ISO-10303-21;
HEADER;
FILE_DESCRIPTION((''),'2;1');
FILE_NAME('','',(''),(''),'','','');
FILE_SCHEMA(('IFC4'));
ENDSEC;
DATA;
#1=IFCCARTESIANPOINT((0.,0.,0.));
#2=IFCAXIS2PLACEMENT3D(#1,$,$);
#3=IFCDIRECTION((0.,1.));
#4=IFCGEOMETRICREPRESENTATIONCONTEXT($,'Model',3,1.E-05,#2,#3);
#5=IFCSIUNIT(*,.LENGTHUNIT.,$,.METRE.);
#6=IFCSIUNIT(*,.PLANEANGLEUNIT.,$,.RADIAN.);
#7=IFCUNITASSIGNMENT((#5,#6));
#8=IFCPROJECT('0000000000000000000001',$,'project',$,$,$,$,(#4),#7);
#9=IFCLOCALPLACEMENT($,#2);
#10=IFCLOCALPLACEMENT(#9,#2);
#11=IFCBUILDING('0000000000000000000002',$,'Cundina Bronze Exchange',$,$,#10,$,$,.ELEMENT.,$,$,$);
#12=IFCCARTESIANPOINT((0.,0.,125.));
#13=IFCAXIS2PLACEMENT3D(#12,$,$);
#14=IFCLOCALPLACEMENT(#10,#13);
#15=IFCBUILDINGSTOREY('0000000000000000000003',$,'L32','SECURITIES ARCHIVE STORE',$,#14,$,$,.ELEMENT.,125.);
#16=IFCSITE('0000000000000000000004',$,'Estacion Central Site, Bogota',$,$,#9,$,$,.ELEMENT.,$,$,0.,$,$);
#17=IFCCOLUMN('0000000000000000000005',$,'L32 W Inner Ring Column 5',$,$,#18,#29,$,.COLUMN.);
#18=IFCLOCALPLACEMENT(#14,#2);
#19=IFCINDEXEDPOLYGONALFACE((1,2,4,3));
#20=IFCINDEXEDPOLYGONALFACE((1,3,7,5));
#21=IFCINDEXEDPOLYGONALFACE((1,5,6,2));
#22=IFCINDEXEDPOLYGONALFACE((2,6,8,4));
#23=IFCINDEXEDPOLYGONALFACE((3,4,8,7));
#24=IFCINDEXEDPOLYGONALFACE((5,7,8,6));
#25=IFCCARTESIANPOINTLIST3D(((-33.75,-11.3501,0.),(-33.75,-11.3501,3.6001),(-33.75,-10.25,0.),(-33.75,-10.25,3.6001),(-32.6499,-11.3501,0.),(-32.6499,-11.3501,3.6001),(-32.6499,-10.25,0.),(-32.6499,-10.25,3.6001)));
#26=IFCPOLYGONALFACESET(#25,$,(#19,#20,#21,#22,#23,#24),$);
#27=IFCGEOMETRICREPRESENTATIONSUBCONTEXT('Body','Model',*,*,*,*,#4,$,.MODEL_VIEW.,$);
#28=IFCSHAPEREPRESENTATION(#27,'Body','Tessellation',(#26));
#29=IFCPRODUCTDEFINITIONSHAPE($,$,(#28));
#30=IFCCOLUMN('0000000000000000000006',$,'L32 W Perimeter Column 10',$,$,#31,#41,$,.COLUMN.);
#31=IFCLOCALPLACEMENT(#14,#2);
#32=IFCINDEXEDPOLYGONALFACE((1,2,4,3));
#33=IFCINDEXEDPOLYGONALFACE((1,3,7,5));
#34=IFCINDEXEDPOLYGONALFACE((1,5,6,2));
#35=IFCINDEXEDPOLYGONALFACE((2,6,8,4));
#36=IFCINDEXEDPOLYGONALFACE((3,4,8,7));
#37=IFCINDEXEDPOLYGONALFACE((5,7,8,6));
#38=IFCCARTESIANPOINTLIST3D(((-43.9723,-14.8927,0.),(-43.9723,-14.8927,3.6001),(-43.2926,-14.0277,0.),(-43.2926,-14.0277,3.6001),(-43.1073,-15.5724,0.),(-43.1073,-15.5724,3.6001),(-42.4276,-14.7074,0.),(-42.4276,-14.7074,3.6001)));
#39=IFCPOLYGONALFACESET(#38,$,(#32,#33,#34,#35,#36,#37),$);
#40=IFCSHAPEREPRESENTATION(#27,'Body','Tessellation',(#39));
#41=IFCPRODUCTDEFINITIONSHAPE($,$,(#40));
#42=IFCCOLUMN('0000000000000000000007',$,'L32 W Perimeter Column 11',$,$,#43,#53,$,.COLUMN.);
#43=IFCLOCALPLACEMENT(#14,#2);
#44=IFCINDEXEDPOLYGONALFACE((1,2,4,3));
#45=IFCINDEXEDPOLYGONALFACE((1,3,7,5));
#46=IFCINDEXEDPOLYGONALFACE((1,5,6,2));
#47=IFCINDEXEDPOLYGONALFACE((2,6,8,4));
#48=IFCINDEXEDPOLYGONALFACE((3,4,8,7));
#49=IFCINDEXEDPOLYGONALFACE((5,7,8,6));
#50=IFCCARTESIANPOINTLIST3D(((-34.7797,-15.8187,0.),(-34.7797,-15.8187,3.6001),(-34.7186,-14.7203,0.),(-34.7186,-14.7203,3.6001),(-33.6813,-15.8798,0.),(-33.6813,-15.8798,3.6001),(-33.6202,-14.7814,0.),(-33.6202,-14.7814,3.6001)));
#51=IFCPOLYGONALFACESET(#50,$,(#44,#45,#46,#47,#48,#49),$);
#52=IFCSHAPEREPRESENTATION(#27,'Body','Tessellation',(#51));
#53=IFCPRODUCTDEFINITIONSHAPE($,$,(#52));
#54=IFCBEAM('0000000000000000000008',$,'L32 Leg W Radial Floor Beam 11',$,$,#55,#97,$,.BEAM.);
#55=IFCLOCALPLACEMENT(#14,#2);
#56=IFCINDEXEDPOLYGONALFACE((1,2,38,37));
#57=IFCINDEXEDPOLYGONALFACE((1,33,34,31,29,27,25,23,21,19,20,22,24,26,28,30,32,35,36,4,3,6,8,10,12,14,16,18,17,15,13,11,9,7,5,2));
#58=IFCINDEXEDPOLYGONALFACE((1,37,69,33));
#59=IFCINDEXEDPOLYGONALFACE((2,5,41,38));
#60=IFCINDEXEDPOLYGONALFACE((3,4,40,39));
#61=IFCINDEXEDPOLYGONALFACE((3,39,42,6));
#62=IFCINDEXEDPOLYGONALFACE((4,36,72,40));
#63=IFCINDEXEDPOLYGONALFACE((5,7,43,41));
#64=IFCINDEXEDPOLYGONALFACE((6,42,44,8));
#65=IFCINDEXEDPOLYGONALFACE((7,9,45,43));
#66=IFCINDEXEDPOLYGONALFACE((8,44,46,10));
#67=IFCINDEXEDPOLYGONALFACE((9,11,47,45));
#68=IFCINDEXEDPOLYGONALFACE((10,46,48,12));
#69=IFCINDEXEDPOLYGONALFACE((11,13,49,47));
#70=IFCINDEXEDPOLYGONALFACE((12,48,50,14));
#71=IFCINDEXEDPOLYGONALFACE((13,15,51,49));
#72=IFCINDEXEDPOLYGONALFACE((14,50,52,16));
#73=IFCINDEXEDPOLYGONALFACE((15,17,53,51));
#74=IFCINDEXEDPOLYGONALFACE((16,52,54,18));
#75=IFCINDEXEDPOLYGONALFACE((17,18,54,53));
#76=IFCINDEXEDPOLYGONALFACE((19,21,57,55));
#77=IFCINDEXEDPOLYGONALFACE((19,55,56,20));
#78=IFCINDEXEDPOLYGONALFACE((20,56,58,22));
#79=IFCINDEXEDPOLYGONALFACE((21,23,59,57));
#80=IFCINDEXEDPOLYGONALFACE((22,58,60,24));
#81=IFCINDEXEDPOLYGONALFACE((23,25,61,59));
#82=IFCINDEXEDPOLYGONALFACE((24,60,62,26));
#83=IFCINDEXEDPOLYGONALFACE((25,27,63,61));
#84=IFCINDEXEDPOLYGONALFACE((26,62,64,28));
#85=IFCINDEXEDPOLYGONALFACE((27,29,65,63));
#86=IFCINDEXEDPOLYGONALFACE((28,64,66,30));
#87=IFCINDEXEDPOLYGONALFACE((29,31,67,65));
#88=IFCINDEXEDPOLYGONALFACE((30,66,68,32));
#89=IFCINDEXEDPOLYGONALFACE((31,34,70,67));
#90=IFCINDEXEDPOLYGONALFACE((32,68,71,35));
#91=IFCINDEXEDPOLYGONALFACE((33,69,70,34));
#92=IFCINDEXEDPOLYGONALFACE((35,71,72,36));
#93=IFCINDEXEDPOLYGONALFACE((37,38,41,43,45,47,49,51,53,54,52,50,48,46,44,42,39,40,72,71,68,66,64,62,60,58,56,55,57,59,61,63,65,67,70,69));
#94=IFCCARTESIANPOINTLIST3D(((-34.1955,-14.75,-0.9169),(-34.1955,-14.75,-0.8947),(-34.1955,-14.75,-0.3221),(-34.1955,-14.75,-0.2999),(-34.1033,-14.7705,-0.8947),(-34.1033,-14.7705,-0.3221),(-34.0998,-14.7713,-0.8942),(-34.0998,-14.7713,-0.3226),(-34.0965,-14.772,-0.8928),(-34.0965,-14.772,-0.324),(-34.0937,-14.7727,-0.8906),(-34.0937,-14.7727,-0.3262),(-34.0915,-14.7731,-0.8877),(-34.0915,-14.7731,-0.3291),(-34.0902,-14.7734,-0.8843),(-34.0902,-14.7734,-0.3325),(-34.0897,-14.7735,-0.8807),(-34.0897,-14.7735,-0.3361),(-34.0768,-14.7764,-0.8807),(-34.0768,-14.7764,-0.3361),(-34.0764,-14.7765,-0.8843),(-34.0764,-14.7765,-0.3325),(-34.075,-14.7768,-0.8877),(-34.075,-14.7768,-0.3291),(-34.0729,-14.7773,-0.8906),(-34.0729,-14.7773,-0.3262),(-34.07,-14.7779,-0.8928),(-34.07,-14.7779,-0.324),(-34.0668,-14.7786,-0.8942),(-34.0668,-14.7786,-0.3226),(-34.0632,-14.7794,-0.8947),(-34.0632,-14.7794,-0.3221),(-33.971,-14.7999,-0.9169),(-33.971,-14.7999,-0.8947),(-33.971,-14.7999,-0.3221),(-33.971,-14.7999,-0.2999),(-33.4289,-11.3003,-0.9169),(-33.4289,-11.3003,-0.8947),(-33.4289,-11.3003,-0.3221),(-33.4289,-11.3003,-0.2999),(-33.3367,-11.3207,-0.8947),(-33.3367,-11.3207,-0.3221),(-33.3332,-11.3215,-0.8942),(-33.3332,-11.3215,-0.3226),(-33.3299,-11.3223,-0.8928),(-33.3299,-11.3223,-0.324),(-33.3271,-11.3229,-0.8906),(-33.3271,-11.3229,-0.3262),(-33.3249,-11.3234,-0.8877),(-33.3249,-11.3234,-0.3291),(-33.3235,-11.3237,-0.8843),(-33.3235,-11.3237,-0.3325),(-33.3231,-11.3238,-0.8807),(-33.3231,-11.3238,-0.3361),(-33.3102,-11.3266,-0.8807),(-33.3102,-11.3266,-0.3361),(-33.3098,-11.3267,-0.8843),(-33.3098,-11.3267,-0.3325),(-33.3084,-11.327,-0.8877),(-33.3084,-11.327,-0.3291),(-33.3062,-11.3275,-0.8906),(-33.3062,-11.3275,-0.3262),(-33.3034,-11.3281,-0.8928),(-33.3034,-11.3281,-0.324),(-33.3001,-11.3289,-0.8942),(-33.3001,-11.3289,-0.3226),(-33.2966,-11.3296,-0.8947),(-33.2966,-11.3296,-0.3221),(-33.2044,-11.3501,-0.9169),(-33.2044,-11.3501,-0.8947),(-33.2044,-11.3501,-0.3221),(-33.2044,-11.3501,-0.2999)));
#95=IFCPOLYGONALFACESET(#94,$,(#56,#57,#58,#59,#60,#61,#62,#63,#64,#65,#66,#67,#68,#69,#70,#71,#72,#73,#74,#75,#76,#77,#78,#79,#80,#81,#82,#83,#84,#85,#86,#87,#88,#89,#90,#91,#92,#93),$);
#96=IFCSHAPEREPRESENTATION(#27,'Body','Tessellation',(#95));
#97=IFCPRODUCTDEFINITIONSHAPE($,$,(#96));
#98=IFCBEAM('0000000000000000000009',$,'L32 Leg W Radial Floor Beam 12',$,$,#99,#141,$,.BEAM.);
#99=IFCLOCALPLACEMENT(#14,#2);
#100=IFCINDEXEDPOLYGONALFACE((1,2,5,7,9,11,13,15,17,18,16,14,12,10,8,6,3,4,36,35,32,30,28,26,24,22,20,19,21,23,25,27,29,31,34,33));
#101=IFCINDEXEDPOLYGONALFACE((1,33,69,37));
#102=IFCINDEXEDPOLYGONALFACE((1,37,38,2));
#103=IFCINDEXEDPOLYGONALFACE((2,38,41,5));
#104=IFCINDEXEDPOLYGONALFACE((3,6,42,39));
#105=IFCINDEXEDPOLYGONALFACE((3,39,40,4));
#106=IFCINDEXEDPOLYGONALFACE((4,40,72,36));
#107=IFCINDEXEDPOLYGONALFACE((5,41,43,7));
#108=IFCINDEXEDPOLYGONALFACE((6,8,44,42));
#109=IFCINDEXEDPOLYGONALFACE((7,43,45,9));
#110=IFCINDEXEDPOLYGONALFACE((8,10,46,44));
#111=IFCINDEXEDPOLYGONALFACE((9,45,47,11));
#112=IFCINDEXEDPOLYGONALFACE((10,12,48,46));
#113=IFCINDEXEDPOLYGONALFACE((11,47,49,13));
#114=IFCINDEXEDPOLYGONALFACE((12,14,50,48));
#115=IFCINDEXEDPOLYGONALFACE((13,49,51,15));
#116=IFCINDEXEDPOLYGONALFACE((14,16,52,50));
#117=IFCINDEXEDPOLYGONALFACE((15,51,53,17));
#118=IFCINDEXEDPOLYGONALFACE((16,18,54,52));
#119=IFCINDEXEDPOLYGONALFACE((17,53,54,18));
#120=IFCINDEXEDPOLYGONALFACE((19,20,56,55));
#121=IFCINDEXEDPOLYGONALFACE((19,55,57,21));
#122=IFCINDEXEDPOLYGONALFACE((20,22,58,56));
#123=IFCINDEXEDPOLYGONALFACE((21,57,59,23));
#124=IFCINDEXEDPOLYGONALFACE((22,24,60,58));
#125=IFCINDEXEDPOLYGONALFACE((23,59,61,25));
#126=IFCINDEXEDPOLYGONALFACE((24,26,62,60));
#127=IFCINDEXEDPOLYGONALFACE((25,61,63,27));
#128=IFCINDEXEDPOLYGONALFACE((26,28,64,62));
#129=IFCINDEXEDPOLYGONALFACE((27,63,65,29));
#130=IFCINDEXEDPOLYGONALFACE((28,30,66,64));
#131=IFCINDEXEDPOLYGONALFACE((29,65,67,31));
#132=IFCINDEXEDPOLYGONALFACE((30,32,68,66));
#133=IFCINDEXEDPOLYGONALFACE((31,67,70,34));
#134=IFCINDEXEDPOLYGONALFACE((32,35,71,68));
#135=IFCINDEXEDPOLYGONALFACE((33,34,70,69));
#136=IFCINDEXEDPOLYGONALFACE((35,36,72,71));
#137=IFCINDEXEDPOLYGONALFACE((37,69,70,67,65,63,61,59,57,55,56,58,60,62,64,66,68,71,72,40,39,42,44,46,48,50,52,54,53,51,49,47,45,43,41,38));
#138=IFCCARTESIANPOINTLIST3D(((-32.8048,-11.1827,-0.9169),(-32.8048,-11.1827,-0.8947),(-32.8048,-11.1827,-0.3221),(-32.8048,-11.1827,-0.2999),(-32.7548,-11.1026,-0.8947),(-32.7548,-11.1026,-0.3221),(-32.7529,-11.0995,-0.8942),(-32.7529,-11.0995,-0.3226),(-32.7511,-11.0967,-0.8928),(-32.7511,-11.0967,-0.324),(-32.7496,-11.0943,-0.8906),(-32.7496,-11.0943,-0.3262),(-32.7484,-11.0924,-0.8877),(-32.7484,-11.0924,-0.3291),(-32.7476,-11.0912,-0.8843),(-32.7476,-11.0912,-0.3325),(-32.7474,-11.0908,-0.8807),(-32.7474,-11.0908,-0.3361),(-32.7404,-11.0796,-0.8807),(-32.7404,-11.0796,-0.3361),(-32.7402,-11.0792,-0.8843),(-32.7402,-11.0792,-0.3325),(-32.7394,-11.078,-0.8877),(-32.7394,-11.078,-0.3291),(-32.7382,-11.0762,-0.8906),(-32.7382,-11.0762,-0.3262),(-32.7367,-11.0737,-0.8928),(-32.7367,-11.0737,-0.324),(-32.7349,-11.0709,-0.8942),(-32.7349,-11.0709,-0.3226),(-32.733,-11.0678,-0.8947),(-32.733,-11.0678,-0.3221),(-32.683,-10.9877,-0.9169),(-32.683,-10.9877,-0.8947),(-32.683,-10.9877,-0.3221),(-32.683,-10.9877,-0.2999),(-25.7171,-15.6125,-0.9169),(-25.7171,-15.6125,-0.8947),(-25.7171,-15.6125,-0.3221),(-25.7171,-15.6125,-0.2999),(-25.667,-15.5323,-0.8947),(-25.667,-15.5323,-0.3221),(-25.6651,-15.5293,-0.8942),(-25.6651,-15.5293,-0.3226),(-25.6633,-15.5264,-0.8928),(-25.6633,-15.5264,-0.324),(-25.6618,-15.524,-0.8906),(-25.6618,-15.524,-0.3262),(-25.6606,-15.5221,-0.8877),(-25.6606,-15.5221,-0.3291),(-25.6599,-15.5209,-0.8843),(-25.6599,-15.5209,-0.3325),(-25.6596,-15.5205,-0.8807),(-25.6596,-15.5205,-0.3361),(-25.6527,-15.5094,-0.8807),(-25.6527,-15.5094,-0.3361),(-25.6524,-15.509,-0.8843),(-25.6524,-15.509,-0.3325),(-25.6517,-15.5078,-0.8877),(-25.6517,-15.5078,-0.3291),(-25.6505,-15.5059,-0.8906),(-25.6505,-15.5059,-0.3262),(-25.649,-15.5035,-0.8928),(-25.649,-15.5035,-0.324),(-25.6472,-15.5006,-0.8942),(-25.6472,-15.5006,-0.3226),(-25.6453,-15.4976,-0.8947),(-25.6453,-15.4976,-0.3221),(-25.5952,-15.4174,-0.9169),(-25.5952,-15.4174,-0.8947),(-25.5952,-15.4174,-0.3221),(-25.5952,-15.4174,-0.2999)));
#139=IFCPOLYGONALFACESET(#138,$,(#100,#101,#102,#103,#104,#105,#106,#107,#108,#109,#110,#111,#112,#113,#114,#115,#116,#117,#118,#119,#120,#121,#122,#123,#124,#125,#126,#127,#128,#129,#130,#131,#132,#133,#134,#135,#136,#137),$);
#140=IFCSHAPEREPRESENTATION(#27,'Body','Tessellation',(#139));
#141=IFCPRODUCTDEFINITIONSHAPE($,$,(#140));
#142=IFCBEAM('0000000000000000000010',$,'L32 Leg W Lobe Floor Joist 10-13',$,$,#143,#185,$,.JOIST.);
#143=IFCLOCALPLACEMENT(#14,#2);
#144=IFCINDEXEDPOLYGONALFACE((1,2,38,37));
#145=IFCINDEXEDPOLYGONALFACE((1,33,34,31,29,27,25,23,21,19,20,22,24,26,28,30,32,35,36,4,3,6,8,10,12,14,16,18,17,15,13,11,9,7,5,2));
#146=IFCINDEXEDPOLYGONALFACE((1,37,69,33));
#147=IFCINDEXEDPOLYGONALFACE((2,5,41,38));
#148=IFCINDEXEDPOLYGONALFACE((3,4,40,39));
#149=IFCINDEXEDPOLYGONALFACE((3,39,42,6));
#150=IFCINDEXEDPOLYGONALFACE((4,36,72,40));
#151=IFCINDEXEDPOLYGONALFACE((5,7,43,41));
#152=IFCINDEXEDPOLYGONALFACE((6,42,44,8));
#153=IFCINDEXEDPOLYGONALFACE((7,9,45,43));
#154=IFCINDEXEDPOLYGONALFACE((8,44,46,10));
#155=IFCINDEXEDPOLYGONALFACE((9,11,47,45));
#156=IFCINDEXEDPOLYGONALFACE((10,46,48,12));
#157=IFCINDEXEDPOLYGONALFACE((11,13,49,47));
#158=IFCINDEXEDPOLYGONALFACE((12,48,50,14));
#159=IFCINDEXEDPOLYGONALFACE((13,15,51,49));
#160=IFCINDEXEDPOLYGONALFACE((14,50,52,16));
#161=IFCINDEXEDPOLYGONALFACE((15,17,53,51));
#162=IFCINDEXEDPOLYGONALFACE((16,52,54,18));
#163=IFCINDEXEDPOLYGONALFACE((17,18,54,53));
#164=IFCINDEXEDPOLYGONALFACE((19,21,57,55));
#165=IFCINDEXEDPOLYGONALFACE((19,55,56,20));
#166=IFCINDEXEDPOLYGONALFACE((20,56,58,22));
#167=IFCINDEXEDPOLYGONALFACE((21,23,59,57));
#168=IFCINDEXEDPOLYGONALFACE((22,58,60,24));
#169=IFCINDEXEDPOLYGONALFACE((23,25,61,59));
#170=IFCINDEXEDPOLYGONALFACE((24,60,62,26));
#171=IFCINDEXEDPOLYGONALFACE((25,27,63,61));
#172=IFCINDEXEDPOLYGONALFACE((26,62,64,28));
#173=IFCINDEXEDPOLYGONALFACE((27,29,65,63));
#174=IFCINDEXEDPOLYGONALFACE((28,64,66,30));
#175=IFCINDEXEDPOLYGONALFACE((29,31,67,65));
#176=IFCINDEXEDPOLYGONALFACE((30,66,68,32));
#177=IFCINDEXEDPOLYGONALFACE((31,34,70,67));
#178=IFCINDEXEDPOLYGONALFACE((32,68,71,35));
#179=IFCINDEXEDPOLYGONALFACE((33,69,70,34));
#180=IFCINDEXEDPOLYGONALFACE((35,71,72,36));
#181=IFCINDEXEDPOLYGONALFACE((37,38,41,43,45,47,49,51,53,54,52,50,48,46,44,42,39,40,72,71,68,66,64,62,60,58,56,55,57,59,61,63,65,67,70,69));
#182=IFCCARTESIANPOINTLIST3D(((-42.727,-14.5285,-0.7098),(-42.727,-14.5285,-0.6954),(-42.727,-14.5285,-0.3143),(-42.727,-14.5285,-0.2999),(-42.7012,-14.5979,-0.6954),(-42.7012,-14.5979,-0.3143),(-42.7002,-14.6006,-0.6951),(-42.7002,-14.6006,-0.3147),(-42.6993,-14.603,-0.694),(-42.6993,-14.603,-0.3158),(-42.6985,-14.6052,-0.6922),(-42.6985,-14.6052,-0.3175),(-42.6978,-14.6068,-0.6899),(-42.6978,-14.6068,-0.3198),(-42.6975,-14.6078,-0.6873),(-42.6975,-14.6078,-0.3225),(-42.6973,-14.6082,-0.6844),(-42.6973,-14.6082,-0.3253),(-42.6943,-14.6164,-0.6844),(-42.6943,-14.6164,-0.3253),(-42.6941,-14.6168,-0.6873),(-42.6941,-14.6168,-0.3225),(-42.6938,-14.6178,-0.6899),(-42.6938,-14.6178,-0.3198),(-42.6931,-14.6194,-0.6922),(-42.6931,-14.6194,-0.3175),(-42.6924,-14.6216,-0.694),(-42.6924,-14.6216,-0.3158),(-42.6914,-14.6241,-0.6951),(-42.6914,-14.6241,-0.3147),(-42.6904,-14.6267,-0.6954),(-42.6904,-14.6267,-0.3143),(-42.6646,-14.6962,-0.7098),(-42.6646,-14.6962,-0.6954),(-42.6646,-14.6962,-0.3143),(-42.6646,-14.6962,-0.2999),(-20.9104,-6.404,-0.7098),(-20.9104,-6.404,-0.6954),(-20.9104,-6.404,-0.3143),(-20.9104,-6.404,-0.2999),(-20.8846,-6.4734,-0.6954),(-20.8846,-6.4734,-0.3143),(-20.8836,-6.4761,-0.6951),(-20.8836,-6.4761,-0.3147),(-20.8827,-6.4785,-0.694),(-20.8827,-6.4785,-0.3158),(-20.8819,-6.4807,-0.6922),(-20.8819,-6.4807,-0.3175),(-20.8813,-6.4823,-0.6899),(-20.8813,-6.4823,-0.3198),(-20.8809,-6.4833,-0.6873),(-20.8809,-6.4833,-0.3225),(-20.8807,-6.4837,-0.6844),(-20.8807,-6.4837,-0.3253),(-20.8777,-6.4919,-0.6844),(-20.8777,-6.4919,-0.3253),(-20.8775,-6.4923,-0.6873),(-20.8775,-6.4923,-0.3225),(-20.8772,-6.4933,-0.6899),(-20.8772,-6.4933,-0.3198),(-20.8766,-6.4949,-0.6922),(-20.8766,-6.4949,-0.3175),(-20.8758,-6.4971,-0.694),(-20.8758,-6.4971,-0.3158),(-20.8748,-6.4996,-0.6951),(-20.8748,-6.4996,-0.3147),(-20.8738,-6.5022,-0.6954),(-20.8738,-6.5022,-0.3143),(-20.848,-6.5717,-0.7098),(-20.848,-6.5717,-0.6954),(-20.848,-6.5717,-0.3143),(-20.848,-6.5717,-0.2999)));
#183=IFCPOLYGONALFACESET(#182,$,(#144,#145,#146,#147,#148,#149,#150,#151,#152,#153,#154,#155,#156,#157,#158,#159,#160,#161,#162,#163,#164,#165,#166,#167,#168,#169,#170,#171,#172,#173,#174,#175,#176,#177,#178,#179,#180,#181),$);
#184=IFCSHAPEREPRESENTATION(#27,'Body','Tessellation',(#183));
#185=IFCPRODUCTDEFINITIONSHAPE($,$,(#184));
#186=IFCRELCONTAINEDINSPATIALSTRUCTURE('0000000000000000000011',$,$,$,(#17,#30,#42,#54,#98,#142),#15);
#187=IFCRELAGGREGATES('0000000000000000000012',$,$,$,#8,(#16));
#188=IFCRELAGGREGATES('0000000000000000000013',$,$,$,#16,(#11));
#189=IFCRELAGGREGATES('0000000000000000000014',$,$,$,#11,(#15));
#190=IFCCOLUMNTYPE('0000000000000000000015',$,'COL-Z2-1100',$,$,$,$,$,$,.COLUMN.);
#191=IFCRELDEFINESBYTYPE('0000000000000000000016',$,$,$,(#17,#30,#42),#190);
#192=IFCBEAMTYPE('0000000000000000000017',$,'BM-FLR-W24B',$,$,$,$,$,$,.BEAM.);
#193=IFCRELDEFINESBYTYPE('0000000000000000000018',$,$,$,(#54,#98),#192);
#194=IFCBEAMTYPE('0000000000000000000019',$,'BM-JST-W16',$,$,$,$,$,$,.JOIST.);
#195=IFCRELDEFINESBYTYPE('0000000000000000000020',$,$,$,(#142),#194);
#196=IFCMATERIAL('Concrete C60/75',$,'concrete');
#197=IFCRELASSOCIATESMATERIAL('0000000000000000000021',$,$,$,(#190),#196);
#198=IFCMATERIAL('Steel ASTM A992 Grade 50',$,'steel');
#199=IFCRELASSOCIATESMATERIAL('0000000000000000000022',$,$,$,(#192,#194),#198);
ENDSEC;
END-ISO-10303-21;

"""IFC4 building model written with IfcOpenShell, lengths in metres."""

from ifc_helpers import new_model, si_unit, direction, frame, origin, origin_2d, place, context, subcontext, project, spatial, rectangle, i_section, extrude, material, material_profile, profile_set, type_object, element, save


model = new_model("IFC4")

# Units and contexts
model_context = context("Model", 3, precision=1e-05, world=origin(), true_north=direction((0.0, 1.0)))
body_context = subcontext(model_context, "Body", "Model", "MODEL_VIEW")
ifc_project = project(units=[si_unit("LENGTHUNIT", "METRE"), si_unit("PLANEANGLEUNIT", "RADIAN")], contexts=[model_context])

# Site, building, storey
site_placement = place(None, origin())
site = spatial("IfcSite", under=ifc_project, at=site_placement, Name="Estacion Central Site, Bogota", CompositionType="ELEMENT", RefElevation=0.0)
building_placement = place(site_placement, origin())
building = spatial("IfcBuilding", under=site, at=building_placement, Name="Cundina Bronze Exchange", CompositionType="ELEMENT")
storey_placement = place(building_placement, frame((0.0, 0.0, 125.0)))
storey = spatial("IfcBuildingStorey", under=building, at=storey_placement, Name="L32", Description="SECURITIES ARCHIVE STORE", CompositionType="ELEMENT", Elevation=125.0)

# Columns
ifc_material_1 = material(Name="Concrete C60/75", Category="concrete")
ifc_material_profile_1 = material_profile(ifc_material_1, rectangle(XDim=1.1001, YDim=1.1001, at=origin_2d()), Name="RC1100X1100", Category="concrete")
ifc_profile_set_1 = profile_set([ifc_material_profile_1], Name="Concrete C60/75")
column_type = type_object("IfcColumnType", Name="COL-Z2-1100", PredefinedType="COLUMN", material=ifc_profile_set_1)
for number, where, z_axis, x_axis, name in (
    (1, (-33.2, -10.8, 0.0), (0.0, 0.0, 1.0), (1.0, 0.0, 0.0), "L32 W Inner Ring Column 5"),
    (2, (-43.2, -14.8, 0.0), (0.0, 0.0, 1.0), (0.786288, -0.61786, 0.0), "L32 W Perimeter Column 10"),
    (3, (-34.2, -15.3, 0.0), (0.0, 0.0, 1.0), (0.99846, -0.055473, 0.0), "L32 W Perimeter Column 11"),
):
    element("IfcColumn", number, at=place(storey_placement, frame(where, z_axis=z_axis, x_axis=x_axis)), inside=storey, type_object=column_type, Name=name, PredefinedType="COLUMN", context=body_context, shape_type="SweptSolid", body=[
        extrude(rectangle(XDim=1.1001, YDim=1.1001, at=origin_2d()), origin(), (0.0, 0.0, 1.0), 3.6001),
    ])

# Beams
ifc_material_2 = material(Name="Steel ASTM A992 Grade 50", Category="steel")
ifc_material_profile_2 = material_profile(ifc_material_2, i_section(OverallWidth=0.23, OverallDepth=0.6169, WebThickness=0.0132, FlangeThickness=0.0222, FilletRadius=0.0139, at=origin_2d()), Name="W24X94", Category="steel")
ifc_profile_set_2 = profile_set([ifc_material_profile_2], Name="Steel ASTM A992 Grade 50")
beam_type_1 = type_object("IfcBeamType", Name="BM-FLR-W24B", PredefinedType="BEAM", material=ifc_profile_set_2)
beam_1_placement = place(storey_placement, frame((-33.3167, -11.3252, -0.6084), z_axis=(-0.21693, -0.976187, 0.0), x_axis=(0.976187, -0.21693, 0.0)))
element("IfcBeam", 4, at=beam_1_placement, inside=storey, type_object=beam_type_1, Name="L32 Leg W Radial Floor Beam 11", PredefinedType="BEAM", context=body_context, shape_type="SweptSolid", body=[
    extrude(i_section(OverallWidth=0.23, OverallDepth=0.6169, WebThickness=0.0132, FlangeThickness=0.0222, FilletRadius=0.0139, at=origin_2d()), origin(), (0.0, 0.0, 1.0), 3.5339),
])
beam_2_placement = place(storey_placement, frame((-32.7439, -11.0852, -0.6084), z_axis=(0.848003, -0.529991, 0.0), x_axis=(0.529991, 0.848003, 0.0)))
element("IfcBeam", 5, at=beam_2_placement, inside=storey, type_object=beam_type_1, Name="L32 Leg W Radial Floor Beam 12", PredefinedType="BEAM", context=body_context, shape_type="SweptSolid", body=[
    extrude(i_section(OverallWidth=0.23, OverallDepth=0.6169, WebThickness=0.0132, FlangeThickness=0.0222, FilletRadius=0.0139, at=origin_2d()), origin(), (0.0, 0.0, 1.0), 8.3582),
])
ifc_material_profile_3 = material_profile(ifc_material_2, i_section(OverallWidth=0.179, OverallDepth=0.4099, WebThickness=0.0088, FlangeThickness=0.0144, FilletRadius=0.011, at=origin_2d()), Name="W16X45", Category="steel")
ifc_profile_set_3 = profile_set([ifc_material_profile_3], Name="Steel ASTM A992 Grade 50")
beam_type_2 = type_object("IfcBeamType", Name="BM-JST-W16", PredefinedType="JOIST", material=ifc_profile_set_3)
beam_3_placement = place(storey_placement, frame((-42.6958, -14.6123, -0.5049), z_axis=(0.937128, 0.348986, 0.0), x_axis=(-0.348986, 0.937128, 0.0)))
element("IfcBeam", 6, at=beam_3_placement, inside=storey, type_object=beam_type_2, Name="L32 Leg W Lobe Floor Joist 10-13", PredefinedType="JOIST", context=body_context, shape_type="SweptSolid", body=[
    extrude(i_section(OverallWidth=0.179, OverallDepth=0.4099, WebThickness=0.0088, FlangeThickness=0.0144, FilletRadius=0.011, at=origin_2d()), origin(), (0.0, 0.0, 1.0), 23.2803),
])

save(model, "model.ifc")
